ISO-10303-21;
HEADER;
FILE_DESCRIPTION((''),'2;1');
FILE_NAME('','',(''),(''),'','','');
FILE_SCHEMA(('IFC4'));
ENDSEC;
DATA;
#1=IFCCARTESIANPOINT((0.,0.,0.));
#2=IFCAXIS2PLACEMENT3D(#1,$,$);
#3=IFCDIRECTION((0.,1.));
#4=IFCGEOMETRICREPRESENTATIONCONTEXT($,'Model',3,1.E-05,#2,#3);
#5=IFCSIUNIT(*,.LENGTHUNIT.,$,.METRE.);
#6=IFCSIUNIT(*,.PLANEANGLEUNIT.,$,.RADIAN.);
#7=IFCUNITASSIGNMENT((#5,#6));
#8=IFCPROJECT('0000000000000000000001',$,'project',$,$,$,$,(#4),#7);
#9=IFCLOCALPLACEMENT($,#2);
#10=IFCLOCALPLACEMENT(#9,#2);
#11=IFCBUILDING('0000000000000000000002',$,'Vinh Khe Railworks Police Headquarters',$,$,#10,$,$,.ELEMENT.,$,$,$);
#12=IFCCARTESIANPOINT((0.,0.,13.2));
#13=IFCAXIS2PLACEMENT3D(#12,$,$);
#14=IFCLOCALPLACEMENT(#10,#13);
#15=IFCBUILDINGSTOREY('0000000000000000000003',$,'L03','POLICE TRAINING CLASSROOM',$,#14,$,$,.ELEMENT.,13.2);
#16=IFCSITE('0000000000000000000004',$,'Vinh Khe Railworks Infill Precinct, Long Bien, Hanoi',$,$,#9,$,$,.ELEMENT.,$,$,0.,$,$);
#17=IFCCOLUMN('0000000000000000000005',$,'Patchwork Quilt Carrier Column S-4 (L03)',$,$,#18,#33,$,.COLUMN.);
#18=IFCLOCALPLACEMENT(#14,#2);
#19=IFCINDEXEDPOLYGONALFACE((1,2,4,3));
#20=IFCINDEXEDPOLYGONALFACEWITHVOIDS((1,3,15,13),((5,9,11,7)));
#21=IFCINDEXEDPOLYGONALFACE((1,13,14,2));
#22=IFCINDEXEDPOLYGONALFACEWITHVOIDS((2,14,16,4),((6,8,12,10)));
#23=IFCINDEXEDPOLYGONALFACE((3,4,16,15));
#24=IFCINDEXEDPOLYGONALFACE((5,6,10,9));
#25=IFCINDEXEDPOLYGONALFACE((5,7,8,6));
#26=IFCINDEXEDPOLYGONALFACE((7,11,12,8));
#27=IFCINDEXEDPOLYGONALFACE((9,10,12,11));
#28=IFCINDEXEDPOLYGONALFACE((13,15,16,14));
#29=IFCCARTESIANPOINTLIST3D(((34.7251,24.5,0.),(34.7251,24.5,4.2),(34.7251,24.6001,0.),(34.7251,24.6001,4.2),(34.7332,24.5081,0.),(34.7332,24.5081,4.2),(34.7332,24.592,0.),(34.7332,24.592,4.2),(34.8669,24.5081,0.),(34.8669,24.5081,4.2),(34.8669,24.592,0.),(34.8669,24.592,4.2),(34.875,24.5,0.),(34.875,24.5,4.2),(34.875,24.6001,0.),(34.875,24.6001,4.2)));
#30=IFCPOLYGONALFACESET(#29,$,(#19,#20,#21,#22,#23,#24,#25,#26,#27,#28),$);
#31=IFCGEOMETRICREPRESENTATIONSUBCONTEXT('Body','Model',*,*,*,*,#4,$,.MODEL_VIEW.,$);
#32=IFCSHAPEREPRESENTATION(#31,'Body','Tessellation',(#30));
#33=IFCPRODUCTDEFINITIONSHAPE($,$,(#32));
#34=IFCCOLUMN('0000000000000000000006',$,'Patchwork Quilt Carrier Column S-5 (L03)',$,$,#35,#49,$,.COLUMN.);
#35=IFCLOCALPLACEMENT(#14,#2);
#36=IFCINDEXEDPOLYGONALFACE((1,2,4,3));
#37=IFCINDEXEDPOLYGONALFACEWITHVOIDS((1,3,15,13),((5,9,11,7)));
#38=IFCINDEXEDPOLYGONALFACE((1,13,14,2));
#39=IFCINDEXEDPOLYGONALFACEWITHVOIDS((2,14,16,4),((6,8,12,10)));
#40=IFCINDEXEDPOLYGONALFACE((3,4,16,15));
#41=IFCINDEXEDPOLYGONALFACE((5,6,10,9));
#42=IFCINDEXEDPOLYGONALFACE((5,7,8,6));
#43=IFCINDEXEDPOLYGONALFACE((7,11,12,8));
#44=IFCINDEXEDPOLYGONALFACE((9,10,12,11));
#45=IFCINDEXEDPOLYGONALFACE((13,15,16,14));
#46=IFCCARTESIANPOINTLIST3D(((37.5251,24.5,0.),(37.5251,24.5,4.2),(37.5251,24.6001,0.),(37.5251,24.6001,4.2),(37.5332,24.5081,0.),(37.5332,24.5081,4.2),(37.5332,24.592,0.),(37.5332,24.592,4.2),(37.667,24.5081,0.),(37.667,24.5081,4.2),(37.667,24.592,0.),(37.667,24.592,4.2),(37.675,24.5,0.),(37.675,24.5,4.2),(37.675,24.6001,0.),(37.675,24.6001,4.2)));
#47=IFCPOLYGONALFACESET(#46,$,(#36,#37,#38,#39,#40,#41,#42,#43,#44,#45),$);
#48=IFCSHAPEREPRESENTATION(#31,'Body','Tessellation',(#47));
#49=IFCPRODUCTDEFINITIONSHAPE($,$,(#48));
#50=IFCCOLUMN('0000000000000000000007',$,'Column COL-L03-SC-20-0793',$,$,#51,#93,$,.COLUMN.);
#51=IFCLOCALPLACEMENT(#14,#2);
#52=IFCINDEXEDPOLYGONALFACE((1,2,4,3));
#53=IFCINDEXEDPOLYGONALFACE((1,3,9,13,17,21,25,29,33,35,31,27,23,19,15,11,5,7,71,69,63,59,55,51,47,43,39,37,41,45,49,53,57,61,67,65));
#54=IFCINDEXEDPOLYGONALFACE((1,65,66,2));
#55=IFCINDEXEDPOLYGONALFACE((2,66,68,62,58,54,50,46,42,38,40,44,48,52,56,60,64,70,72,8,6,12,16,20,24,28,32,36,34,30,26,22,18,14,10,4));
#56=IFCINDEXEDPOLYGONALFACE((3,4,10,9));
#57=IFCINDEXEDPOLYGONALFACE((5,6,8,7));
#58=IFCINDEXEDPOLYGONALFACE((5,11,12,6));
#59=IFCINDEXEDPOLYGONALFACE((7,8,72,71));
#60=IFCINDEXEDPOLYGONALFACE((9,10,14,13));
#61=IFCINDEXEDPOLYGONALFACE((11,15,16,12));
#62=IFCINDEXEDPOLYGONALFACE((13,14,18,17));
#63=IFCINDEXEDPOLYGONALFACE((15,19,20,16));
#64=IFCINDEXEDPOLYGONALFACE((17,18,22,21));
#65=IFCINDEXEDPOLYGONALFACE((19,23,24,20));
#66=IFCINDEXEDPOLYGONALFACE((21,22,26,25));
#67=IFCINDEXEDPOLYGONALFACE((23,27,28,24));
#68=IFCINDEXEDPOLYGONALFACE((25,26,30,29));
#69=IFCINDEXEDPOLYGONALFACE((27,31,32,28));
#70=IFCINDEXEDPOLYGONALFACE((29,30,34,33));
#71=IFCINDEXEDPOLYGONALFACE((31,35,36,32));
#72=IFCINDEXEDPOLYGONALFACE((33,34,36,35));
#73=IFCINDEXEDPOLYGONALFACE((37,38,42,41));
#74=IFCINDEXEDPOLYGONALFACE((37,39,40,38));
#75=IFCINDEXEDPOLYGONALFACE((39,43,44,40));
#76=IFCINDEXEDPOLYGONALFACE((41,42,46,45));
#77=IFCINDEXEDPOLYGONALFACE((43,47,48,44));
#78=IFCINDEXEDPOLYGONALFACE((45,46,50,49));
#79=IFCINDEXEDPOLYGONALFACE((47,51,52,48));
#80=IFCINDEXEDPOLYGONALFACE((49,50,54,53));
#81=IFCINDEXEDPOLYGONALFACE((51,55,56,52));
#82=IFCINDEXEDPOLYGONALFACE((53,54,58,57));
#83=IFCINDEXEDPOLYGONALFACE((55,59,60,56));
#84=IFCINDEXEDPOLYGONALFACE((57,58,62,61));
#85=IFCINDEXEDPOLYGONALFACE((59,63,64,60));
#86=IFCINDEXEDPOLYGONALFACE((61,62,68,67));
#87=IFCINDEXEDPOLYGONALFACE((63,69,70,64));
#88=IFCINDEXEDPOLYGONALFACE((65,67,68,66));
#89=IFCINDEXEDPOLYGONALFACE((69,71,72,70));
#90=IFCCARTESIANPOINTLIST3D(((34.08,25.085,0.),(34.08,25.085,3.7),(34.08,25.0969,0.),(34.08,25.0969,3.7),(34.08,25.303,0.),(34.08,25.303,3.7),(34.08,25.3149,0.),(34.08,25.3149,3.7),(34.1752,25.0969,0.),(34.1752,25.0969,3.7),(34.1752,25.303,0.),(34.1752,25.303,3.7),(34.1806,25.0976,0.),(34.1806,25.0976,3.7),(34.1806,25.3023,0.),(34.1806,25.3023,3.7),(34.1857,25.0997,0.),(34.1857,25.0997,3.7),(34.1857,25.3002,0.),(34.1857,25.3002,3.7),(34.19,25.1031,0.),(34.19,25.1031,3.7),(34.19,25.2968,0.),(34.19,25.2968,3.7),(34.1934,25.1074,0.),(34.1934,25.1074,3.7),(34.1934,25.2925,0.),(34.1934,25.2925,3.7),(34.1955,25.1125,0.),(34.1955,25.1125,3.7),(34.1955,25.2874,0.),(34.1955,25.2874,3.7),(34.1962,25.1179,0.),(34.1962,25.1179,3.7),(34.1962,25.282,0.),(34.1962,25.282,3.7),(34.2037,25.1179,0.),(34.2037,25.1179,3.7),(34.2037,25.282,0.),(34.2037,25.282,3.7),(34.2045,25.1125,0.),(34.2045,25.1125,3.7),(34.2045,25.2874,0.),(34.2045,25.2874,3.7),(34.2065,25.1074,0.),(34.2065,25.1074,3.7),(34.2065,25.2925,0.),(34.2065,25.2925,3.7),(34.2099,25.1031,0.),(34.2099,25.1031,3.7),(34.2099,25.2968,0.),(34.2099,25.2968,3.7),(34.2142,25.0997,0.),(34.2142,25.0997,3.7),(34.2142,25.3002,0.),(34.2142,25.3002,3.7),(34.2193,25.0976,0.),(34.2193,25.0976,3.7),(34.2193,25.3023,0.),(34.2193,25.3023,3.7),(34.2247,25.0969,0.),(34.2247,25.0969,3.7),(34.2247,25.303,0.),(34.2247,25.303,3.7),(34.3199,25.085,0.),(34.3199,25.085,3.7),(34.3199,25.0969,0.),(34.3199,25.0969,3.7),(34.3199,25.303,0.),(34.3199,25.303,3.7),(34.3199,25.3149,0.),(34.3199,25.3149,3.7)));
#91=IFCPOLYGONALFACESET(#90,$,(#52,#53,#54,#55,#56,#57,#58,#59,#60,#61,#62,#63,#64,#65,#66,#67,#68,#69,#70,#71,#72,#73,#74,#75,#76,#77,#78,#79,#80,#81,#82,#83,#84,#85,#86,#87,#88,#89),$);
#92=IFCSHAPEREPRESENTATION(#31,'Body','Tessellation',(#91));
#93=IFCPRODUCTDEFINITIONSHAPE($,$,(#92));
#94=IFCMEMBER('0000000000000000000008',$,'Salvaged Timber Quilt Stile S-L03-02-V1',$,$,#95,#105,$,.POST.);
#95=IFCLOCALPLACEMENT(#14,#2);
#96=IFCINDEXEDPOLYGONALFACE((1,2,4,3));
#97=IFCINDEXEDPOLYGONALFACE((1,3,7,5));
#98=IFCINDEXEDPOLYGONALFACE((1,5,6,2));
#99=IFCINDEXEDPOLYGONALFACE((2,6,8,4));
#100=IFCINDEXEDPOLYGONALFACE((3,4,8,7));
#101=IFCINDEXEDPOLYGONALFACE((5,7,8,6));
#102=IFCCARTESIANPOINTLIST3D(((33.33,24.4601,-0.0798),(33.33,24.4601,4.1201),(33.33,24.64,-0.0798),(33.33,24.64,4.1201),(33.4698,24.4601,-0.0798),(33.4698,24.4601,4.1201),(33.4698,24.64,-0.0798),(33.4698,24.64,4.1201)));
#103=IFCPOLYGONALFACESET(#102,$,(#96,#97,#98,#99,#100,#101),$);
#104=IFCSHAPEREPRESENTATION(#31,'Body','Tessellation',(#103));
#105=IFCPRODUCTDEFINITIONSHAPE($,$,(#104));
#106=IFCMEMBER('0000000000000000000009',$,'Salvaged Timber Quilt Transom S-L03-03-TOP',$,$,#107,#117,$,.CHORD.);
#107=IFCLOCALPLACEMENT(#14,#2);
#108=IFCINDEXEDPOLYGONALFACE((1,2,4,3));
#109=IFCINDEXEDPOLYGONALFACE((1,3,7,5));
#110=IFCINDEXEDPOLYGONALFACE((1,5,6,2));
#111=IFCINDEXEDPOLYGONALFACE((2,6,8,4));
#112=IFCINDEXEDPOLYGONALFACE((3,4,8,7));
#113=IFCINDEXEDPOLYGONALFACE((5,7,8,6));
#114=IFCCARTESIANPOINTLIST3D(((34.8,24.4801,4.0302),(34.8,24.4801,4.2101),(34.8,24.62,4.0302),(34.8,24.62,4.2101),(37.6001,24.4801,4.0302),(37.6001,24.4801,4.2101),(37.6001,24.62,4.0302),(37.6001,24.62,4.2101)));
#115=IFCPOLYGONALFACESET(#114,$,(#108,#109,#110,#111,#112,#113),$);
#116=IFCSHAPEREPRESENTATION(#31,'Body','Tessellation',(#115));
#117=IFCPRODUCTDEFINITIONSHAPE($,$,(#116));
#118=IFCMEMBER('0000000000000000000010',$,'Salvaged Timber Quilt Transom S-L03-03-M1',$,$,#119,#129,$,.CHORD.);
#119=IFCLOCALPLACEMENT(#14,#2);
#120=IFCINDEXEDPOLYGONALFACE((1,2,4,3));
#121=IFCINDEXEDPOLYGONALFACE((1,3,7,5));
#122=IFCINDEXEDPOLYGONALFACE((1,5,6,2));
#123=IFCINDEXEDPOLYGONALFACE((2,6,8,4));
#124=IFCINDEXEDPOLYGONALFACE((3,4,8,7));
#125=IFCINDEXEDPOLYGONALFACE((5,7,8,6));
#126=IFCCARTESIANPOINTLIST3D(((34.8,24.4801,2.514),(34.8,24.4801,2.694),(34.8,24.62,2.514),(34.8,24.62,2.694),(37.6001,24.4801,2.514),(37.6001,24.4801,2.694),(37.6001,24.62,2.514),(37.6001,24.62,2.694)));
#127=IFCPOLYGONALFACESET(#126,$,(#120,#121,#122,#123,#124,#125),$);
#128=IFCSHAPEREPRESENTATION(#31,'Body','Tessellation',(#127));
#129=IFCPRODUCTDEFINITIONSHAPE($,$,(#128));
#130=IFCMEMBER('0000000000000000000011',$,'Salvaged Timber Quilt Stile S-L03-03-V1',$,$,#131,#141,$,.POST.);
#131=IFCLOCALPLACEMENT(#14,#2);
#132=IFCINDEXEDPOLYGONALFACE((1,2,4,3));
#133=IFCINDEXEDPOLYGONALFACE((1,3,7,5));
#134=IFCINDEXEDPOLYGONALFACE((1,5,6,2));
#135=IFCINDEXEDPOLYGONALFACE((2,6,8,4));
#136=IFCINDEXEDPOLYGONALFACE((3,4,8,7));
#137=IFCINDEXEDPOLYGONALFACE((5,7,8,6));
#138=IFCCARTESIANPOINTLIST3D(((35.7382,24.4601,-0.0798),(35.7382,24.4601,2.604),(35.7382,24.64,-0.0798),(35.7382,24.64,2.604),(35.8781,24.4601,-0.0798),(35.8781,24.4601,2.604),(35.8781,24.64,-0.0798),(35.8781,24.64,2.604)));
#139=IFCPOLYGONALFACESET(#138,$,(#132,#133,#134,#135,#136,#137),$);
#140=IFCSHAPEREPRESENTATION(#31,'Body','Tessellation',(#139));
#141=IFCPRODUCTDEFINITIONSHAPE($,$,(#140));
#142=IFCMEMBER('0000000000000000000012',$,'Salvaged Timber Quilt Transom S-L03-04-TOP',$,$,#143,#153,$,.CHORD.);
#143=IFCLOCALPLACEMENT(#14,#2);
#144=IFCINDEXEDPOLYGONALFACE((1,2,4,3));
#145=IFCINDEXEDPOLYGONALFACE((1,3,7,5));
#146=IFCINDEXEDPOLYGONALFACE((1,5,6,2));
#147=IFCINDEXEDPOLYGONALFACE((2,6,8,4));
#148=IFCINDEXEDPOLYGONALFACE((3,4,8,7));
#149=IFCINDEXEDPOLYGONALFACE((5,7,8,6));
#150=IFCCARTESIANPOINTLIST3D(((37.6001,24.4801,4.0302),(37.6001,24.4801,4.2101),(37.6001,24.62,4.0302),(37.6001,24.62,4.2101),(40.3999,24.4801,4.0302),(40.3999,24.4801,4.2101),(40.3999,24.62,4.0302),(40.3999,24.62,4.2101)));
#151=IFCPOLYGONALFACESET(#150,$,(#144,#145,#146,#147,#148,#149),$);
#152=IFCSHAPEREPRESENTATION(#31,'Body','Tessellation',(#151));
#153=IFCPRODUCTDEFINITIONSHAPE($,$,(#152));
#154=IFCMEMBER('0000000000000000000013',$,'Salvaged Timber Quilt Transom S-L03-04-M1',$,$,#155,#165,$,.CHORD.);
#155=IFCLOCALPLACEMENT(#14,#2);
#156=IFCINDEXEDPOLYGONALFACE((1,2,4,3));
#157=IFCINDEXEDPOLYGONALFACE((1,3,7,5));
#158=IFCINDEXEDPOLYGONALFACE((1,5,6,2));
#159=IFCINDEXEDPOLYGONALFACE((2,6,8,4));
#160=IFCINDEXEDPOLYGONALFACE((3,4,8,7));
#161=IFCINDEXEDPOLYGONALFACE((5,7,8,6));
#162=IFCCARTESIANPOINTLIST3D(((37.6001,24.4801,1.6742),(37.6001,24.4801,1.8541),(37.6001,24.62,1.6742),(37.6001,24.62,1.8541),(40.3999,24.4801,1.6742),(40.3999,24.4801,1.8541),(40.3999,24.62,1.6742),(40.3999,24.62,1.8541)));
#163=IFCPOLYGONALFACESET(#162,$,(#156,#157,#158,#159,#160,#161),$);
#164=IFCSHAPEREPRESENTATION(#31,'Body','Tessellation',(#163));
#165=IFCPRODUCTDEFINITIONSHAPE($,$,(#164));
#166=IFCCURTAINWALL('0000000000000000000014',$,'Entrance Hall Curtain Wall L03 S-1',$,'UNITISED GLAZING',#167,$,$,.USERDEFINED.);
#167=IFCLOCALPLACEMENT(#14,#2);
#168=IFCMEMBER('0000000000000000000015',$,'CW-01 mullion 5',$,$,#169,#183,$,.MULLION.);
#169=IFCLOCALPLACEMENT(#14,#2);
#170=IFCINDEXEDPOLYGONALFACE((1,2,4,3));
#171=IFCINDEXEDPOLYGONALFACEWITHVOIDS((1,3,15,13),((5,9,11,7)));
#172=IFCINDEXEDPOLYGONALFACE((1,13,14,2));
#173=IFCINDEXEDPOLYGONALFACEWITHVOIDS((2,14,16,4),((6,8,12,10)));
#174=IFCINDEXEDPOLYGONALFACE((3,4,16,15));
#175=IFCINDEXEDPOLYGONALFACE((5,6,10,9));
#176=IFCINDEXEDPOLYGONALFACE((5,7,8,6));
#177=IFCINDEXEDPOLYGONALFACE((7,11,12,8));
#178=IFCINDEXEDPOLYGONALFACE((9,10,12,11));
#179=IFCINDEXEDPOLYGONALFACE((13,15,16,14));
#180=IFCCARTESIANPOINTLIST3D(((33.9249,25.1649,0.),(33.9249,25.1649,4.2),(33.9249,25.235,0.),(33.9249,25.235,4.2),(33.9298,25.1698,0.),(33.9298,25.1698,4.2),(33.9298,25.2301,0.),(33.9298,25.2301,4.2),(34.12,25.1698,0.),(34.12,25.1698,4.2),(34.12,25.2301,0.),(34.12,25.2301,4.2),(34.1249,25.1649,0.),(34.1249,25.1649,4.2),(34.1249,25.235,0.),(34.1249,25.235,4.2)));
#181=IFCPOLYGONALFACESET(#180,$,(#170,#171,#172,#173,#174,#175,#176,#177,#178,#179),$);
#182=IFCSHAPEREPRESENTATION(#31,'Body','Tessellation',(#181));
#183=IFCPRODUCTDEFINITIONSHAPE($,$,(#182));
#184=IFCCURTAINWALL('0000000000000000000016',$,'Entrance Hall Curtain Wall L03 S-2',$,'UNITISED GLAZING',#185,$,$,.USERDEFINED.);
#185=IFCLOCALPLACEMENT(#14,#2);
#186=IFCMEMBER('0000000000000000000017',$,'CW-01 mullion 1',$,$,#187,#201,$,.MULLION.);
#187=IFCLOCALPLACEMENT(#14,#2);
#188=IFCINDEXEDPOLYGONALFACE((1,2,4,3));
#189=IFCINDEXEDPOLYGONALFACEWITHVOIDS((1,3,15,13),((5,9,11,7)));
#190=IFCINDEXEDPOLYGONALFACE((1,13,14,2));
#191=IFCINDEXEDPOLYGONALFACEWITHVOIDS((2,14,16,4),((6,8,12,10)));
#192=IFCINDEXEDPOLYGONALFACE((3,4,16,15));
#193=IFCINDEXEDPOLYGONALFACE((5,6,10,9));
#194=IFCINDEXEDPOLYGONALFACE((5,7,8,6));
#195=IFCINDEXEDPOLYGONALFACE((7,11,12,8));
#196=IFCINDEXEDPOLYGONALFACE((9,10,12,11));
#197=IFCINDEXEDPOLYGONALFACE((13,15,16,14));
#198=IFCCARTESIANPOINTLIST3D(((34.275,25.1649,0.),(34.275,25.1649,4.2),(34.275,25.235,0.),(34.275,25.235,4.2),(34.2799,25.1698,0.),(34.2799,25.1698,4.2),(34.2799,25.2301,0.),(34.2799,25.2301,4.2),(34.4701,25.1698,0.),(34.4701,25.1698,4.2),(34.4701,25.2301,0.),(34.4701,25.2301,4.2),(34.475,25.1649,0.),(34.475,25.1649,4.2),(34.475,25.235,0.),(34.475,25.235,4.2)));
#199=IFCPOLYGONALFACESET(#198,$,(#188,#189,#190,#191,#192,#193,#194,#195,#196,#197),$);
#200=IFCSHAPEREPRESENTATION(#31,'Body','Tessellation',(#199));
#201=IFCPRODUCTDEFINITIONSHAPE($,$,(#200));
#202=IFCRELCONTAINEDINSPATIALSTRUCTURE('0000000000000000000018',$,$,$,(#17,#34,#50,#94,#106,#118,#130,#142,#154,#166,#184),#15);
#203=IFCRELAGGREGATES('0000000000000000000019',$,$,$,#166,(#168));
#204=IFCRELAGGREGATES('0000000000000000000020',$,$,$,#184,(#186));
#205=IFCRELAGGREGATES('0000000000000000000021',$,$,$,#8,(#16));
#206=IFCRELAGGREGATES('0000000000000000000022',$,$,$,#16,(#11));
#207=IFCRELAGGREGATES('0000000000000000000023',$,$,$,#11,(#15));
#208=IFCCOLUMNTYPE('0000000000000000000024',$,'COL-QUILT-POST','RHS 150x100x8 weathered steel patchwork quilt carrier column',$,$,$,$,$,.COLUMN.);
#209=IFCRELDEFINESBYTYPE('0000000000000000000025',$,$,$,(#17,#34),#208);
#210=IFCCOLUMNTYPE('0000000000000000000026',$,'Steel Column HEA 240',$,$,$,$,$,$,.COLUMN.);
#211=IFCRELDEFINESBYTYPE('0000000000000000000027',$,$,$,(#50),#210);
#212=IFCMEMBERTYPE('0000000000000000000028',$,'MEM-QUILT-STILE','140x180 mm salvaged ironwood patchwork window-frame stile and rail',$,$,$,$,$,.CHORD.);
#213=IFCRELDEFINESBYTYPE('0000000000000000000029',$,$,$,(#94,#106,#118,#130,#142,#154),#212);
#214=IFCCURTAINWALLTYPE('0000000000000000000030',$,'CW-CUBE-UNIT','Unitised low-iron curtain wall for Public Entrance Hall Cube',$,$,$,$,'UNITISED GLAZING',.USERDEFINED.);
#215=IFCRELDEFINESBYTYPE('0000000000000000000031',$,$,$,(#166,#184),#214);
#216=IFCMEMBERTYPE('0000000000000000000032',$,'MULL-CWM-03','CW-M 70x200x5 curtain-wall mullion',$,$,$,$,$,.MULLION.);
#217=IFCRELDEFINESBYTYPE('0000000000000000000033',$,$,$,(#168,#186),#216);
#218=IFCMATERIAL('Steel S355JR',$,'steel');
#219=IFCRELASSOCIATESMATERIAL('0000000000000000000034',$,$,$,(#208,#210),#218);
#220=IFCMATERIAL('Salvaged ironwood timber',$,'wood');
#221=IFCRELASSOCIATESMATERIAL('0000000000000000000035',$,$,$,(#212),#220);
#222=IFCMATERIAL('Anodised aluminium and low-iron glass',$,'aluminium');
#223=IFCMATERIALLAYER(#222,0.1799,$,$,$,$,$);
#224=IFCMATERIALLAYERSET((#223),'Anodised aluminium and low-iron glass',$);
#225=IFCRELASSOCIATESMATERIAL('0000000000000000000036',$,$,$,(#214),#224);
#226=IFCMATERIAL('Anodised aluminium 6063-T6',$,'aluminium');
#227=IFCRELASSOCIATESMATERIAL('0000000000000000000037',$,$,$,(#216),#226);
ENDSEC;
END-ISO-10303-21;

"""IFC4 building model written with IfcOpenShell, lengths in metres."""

from ifc_helpers import new_model, si_unit, direction, frame, origin, origin_2d, place, context, subcontext, project, spatial, rectangle, hollow_rectangle, i_section, extrude, material, layer, layer_set, material_profile, profile_set, type_object, element, aggregate, save


model = new_model("IFC4")

# Units and contexts
model_context = context("Model", 3, precision=1e-05, world=origin(), true_north=direction((0.0, 1.0)))
body_context = subcontext(model_context, "Body", "Model", "MODEL_VIEW")
ifc_project = project(units=[si_unit("LENGTHUNIT", "METRE"), si_unit("PLANEANGLEUNIT", "RADIAN")], contexts=[model_context])

# Site, building, storey
site_placement = place(None, origin())
site = spatial("IfcSite", under=ifc_project, at=site_placement, Name="Vinh Khe Railworks Infill Precinct, Long Bien, Hanoi", CompositionType="ELEMENT", RefElevation=0.0)
building_placement = place(site_placement, origin())
building = spatial("IfcBuilding", under=site, at=building_placement, Name="Vinh Khe Railworks Police Headquarters", CompositionType="ELEMENT")
storey_placement = place(building_placement, frame((0.0, 0.0, 13.2)))
storey = spatial("IfcBuildingStorey", under=building, at=storey_placement, Name="L03", Description="POLICE TRAINING CLASSROOM", CompositionType="ELEMENT", Elevation=13.2)

# Columns
ifc_material_1 = material(Name="Steel S355JR", Category="steel")
ifc_material_profile_1 = material_profile(ifc_material_1, hollow_rectangle(XDim=0.1499, YDim=0.1001, WallThickness=0.0081, at=origin_2d()), Name="RHS 150x100x8")
ifc_profile_set_1 = profile_set([ifc_material_profile_1], Name="Steel S355JR")
column_type_1 = type_object("IfcColumnType", Name="COL-QUILT-POST", Description="RHS 150x100x8 weathered steel patchwork quilt carrier column", PredefinedType="COLUMN", material=ifc_profile_set_1)
for number, where, z_axis, x_axis, name in (
    (1, (34.8, 24.55, 0.0), (0.0, 0.0, 1.0), (1.0, 0.0, 0.0), "Patchwork Quilt Carrier Column S-4 (L03)"),
    (2, (37.6001, 24.55, 0.0), (0.0, 0.0, 1.0), (1.0, 0.0, 0.0), "Patchwork Quilt Carrier Column S-5 (L03)"),
):
    element("IfcColumn", number, at=place(storey_placement, frame(where, z_axis=z_axis, x_axis=x_axis)), inside=storey, type_object=column_type_1, Name=name, PredefinedType="COLUMN", context=body_context, shape_type="SweptSolid", body=[
        extrude(hollow_rectangle(XDim=0.1499, YDim=0.1001, WallThickness=0.0081, at=origin_2d()), origin(), (0.0, 0.0, 1.0), 4.2),
    ])
ifc_material_profile_2 = material_profile(ifc_material_1, i_section(OverallWidth=0.24, OverallDepth=0.23, WebThickness=0.0076, FlangeThickness=0.012, FilletRadius=0.021, at=origin_2d()), Name="HEA 240")
ifc_profile_set_2 = profile_set([ifc_material_profile_2], Name="Steel S355JR")
column_type_2 = type_object("IfcColumnType", Name="Steel Column HEA 240", PredefinedType="COLUMN", material=ifc_profile_set_2)
column_placement = place(storey_placement, frame((34.2, 25.2, 0.0), z_axis=(0.0, 0.0, 1.0), x_axis=(1.0, 0.0, 0.0)))
element("IfcColumn", 3, at=column_placement, inside=storey, type_object=column_type_2, Name="Column COL-L03-SC-20-0793", PredefinedType="COLUMN", context=body_context, shape_type="SweptSolid", body=[
    extrude(i_section(OverallWidth=0.24, OverallDepth=0.23, WebThickness=0.0076, FlangeThickness=0.012, FilletRadius=0.021, at=origin_2d()), origin(), (0.0, 0.0, 1.0), 3.7),
])

# Members
ifc_material_2 = material(Name="Salvaged ironwood timber", Category="wood")
ifc_material_profile_3 = material_profile(ifc_material_2, rectangle(XDim=0.1399, YDim=0.1799, at=origin_2d()), Name="TIMBER 140x180")
ifc_profile_set_3 = profile_set([ifc_material_profile_3], Name="Salvaged ironwood timber")
member_type_1 = type_object("IfcMemberType", Name="MEM-QUILT-STILE", Description="140x180 mm salvaged ironwood patchwork window-frame stile and rail", PredefinedType="CHORD", material=ifc_profile_set_3)
member_1_placement = place(storey_placement, frame((33.3999, 24.55, -0.0798), z_axis=(0.0, 0.0, 1.0), x_axis=(1.0, 0.0, 0.0)))
element("IfcMember", 4, at=member_1_placement, inside=storey, type_object=member_type_1, Name="Salvaged Timber Quilt Stile S-L03-02-V1", PredefinedType="POST", context=body_context, shape_type="SweptSolid", body=[
    extrude(rectangle(XDim=0.1399, YDim=0.1799, at=origin_2d()), origin(), (0.0, 0.0, 1.0), 4.2),
])
for number, where, z_axis, x_axis, name in (
    (5, (34.8, 24.55, 4.1201), (1.0, 0.0, 0.0), (0.0, 1.0, 0.0), "Salvaged Timber Quilt Transom S-L03-03-TOP"),
    (6, (34.8, 24.55, 2.604), (1.0, 0.0, 0.0), (0.0, 1.0, 0.0), "Salvaged Timber Quilt Transom S-L03-03-M1"),
):
    element("IfcMember", number, at=place(storey_placement, frame(where, z_axis=z_axis, x_axis=x_axis)), inside=storey, type_object=member_type_1, Name=name, PredefinedType="CHORD", context=body_context, shape_type="SweptSolid", body=[
        extrude(rectangle(XDim=0.1399, YDim=0.1799, at=origin_2d()), origin(), (0.0, 0.0, 1.0), 2.8),
    ])
member_2_placement = place(storey_placement, frame((35.8081, 24.55, -0.0798), z_axis=(0.0, 0.0, 1.0), x_axis=(1.0, 0.0, 0.0)))
element("IfcMember", 7, at=member_2_placement, inside=storey, type_object=member_type_1, Name="Salvaged Timber Quilt Stile S-L03-03-V1", PredefinedType="POST", context=body_context, shape_type="SweptSolid", body=[
    extrude(rectangle(XDim=0.1399, YDim=0.1799, at=origin_2d()), origin(), (0.0, 0.0, 1.0), 2.6838),
])
for number, where, z_axis, x_axis, name in (
    (8, (37.6001, 24.55, 4.1201), (1.0, 0.0, 0.0), (0.0, 1.0, 0.0), "Salvaged Timber Quilt Transom S-L03-04-TOP"),
    (9, (37.6001, 24.55, 1.7642), (1.0, 0.0, 0.0), (0.0, 1.0, 0.0), "Salvaged Timber Quilt Transom S-L03-04-M1"),
):
    element("IfcMember", number, at=place(storey_placement, frame(where, z_axis=z_axis, x_axis=x_axis)), inside=storey, type_object=member_type_1, Name=name, PredefinedType="CHORD", context=body_context, shape_type="SweptSolid", body=[
        extrude(rectangle(XDim=0.1399, YDim=0.1799, at=origin_2d()), origin(), (0.0, 0.0, 1.0), 2.7998),
    ])

# Curtain wall, member
ifc_material_3 = material(Name="Anodised aluminium and low-iron glass", Category="aluminium")
ifc_layer_1 = layer(ifc_material_3, 0.1799)
ifc_layer_set_1 = layer_set([ifc_layer_1], Name="Anodised aluminium and low-iron glass")
curtain_wall_type = type_object("IfcCurtainWallType", Name="CW-CUBE-UNIT", Description="Unitised low-iron curtain wall for Public Entrance Hall Cube", ElementType="UNITISED GLAZING", PredefinedType="USERDEFINED", material=ifc_layer_set_1)
curtain_wall_1_placement = place(storey_placement, origin())
curtain_wall_1 = element("IfcCurtainWall", 10, at=curtain_wall_1_placement, inside=storey, type_object=curtain_wall_type, Name="Entrance Hall Curtain Wall L03 S-1", ObjectType="UNITISED GLAZING", PredefinedType="USERDEFINED")
ifc_material_4 = material(Name="Anodised aluminium 6063-T6", Category="aluminium")
ifc_material_profile_4 = material_profile(ifc_material_4, hollow_rectangle(XDim=0.0701, YDim=0.2, WallThickness=0.0049, at=origin_2d()), Name="CW-M 70x200x5")
ifc_profile_set_4 = profile_set([ifc_material_profile_4], Name="Anodised aluminium 6063-T6")
member_type_2 = type_object("IfcMemberType", Name="MULL-CWM-03", Description="CW-M 70x200x5 curtain-wall mullion", PredefinedType="MULLION", material=ifc_profile_set_4)
member_3_placement = place(storey_placement, frame((34.0249, 25.2, 0.0), z_axis=(0.0, 0.0, 1.0), x_axis=(0.0, 1.0, 0.0)))
member_3 = element("IfcMember", 11, at=member_3_placement, type_object=member_type_2, Name="CW-01 mullion 5", PredefinedType="MULLION", context=body_context, shape_type="SweptSolid", body=[
    extrude(hollow_rectangle(XDim=0.0701, YDim=0.2, WallThickness=0.0049, at=origin_2d()), origin(), (0.0, 0.0, 1.0), 4.2),
])

# Curtain wall, member
curtain_wall_2_placement = place(storey_placement, origin())
curtain_wall_2 = element("IfcCurtainWall", 12, at=curtain_wall_2_placement, inside=storey, type_object=curtain_wall_type, Name="Entrance Hall Curtain Wall L03 S-2", ObjectType="UNITISED GLAZING", PredefinedType="USERDEFINED")
member_4_placement = place(storey_placement, frame((34.375, 25.2, 0.0), z_axis=(0.0, 0.0, 1.0), x_axis=(0.0, 1.0, 0.0)))
member_4 = element("IfcMember", 13, at=member_4_placement, type_object=member_type_2, Name="CW-01 mullion 1", PredefinedType="MULLION", context=body_context, shape_type="SweptSolid", body=[
    extrude(hollow_rectangle(XDim=0.0701, YDim=0.2, WallThickness=0.0049, at=origin_2d()), origin(), (0.0, 0.0, 1.0), 4.2),
])

aggregate(curtain_wall_1, [member_3])
aggregate(curtain_wall_2, [member_4])

save(model, "model.ifc")
